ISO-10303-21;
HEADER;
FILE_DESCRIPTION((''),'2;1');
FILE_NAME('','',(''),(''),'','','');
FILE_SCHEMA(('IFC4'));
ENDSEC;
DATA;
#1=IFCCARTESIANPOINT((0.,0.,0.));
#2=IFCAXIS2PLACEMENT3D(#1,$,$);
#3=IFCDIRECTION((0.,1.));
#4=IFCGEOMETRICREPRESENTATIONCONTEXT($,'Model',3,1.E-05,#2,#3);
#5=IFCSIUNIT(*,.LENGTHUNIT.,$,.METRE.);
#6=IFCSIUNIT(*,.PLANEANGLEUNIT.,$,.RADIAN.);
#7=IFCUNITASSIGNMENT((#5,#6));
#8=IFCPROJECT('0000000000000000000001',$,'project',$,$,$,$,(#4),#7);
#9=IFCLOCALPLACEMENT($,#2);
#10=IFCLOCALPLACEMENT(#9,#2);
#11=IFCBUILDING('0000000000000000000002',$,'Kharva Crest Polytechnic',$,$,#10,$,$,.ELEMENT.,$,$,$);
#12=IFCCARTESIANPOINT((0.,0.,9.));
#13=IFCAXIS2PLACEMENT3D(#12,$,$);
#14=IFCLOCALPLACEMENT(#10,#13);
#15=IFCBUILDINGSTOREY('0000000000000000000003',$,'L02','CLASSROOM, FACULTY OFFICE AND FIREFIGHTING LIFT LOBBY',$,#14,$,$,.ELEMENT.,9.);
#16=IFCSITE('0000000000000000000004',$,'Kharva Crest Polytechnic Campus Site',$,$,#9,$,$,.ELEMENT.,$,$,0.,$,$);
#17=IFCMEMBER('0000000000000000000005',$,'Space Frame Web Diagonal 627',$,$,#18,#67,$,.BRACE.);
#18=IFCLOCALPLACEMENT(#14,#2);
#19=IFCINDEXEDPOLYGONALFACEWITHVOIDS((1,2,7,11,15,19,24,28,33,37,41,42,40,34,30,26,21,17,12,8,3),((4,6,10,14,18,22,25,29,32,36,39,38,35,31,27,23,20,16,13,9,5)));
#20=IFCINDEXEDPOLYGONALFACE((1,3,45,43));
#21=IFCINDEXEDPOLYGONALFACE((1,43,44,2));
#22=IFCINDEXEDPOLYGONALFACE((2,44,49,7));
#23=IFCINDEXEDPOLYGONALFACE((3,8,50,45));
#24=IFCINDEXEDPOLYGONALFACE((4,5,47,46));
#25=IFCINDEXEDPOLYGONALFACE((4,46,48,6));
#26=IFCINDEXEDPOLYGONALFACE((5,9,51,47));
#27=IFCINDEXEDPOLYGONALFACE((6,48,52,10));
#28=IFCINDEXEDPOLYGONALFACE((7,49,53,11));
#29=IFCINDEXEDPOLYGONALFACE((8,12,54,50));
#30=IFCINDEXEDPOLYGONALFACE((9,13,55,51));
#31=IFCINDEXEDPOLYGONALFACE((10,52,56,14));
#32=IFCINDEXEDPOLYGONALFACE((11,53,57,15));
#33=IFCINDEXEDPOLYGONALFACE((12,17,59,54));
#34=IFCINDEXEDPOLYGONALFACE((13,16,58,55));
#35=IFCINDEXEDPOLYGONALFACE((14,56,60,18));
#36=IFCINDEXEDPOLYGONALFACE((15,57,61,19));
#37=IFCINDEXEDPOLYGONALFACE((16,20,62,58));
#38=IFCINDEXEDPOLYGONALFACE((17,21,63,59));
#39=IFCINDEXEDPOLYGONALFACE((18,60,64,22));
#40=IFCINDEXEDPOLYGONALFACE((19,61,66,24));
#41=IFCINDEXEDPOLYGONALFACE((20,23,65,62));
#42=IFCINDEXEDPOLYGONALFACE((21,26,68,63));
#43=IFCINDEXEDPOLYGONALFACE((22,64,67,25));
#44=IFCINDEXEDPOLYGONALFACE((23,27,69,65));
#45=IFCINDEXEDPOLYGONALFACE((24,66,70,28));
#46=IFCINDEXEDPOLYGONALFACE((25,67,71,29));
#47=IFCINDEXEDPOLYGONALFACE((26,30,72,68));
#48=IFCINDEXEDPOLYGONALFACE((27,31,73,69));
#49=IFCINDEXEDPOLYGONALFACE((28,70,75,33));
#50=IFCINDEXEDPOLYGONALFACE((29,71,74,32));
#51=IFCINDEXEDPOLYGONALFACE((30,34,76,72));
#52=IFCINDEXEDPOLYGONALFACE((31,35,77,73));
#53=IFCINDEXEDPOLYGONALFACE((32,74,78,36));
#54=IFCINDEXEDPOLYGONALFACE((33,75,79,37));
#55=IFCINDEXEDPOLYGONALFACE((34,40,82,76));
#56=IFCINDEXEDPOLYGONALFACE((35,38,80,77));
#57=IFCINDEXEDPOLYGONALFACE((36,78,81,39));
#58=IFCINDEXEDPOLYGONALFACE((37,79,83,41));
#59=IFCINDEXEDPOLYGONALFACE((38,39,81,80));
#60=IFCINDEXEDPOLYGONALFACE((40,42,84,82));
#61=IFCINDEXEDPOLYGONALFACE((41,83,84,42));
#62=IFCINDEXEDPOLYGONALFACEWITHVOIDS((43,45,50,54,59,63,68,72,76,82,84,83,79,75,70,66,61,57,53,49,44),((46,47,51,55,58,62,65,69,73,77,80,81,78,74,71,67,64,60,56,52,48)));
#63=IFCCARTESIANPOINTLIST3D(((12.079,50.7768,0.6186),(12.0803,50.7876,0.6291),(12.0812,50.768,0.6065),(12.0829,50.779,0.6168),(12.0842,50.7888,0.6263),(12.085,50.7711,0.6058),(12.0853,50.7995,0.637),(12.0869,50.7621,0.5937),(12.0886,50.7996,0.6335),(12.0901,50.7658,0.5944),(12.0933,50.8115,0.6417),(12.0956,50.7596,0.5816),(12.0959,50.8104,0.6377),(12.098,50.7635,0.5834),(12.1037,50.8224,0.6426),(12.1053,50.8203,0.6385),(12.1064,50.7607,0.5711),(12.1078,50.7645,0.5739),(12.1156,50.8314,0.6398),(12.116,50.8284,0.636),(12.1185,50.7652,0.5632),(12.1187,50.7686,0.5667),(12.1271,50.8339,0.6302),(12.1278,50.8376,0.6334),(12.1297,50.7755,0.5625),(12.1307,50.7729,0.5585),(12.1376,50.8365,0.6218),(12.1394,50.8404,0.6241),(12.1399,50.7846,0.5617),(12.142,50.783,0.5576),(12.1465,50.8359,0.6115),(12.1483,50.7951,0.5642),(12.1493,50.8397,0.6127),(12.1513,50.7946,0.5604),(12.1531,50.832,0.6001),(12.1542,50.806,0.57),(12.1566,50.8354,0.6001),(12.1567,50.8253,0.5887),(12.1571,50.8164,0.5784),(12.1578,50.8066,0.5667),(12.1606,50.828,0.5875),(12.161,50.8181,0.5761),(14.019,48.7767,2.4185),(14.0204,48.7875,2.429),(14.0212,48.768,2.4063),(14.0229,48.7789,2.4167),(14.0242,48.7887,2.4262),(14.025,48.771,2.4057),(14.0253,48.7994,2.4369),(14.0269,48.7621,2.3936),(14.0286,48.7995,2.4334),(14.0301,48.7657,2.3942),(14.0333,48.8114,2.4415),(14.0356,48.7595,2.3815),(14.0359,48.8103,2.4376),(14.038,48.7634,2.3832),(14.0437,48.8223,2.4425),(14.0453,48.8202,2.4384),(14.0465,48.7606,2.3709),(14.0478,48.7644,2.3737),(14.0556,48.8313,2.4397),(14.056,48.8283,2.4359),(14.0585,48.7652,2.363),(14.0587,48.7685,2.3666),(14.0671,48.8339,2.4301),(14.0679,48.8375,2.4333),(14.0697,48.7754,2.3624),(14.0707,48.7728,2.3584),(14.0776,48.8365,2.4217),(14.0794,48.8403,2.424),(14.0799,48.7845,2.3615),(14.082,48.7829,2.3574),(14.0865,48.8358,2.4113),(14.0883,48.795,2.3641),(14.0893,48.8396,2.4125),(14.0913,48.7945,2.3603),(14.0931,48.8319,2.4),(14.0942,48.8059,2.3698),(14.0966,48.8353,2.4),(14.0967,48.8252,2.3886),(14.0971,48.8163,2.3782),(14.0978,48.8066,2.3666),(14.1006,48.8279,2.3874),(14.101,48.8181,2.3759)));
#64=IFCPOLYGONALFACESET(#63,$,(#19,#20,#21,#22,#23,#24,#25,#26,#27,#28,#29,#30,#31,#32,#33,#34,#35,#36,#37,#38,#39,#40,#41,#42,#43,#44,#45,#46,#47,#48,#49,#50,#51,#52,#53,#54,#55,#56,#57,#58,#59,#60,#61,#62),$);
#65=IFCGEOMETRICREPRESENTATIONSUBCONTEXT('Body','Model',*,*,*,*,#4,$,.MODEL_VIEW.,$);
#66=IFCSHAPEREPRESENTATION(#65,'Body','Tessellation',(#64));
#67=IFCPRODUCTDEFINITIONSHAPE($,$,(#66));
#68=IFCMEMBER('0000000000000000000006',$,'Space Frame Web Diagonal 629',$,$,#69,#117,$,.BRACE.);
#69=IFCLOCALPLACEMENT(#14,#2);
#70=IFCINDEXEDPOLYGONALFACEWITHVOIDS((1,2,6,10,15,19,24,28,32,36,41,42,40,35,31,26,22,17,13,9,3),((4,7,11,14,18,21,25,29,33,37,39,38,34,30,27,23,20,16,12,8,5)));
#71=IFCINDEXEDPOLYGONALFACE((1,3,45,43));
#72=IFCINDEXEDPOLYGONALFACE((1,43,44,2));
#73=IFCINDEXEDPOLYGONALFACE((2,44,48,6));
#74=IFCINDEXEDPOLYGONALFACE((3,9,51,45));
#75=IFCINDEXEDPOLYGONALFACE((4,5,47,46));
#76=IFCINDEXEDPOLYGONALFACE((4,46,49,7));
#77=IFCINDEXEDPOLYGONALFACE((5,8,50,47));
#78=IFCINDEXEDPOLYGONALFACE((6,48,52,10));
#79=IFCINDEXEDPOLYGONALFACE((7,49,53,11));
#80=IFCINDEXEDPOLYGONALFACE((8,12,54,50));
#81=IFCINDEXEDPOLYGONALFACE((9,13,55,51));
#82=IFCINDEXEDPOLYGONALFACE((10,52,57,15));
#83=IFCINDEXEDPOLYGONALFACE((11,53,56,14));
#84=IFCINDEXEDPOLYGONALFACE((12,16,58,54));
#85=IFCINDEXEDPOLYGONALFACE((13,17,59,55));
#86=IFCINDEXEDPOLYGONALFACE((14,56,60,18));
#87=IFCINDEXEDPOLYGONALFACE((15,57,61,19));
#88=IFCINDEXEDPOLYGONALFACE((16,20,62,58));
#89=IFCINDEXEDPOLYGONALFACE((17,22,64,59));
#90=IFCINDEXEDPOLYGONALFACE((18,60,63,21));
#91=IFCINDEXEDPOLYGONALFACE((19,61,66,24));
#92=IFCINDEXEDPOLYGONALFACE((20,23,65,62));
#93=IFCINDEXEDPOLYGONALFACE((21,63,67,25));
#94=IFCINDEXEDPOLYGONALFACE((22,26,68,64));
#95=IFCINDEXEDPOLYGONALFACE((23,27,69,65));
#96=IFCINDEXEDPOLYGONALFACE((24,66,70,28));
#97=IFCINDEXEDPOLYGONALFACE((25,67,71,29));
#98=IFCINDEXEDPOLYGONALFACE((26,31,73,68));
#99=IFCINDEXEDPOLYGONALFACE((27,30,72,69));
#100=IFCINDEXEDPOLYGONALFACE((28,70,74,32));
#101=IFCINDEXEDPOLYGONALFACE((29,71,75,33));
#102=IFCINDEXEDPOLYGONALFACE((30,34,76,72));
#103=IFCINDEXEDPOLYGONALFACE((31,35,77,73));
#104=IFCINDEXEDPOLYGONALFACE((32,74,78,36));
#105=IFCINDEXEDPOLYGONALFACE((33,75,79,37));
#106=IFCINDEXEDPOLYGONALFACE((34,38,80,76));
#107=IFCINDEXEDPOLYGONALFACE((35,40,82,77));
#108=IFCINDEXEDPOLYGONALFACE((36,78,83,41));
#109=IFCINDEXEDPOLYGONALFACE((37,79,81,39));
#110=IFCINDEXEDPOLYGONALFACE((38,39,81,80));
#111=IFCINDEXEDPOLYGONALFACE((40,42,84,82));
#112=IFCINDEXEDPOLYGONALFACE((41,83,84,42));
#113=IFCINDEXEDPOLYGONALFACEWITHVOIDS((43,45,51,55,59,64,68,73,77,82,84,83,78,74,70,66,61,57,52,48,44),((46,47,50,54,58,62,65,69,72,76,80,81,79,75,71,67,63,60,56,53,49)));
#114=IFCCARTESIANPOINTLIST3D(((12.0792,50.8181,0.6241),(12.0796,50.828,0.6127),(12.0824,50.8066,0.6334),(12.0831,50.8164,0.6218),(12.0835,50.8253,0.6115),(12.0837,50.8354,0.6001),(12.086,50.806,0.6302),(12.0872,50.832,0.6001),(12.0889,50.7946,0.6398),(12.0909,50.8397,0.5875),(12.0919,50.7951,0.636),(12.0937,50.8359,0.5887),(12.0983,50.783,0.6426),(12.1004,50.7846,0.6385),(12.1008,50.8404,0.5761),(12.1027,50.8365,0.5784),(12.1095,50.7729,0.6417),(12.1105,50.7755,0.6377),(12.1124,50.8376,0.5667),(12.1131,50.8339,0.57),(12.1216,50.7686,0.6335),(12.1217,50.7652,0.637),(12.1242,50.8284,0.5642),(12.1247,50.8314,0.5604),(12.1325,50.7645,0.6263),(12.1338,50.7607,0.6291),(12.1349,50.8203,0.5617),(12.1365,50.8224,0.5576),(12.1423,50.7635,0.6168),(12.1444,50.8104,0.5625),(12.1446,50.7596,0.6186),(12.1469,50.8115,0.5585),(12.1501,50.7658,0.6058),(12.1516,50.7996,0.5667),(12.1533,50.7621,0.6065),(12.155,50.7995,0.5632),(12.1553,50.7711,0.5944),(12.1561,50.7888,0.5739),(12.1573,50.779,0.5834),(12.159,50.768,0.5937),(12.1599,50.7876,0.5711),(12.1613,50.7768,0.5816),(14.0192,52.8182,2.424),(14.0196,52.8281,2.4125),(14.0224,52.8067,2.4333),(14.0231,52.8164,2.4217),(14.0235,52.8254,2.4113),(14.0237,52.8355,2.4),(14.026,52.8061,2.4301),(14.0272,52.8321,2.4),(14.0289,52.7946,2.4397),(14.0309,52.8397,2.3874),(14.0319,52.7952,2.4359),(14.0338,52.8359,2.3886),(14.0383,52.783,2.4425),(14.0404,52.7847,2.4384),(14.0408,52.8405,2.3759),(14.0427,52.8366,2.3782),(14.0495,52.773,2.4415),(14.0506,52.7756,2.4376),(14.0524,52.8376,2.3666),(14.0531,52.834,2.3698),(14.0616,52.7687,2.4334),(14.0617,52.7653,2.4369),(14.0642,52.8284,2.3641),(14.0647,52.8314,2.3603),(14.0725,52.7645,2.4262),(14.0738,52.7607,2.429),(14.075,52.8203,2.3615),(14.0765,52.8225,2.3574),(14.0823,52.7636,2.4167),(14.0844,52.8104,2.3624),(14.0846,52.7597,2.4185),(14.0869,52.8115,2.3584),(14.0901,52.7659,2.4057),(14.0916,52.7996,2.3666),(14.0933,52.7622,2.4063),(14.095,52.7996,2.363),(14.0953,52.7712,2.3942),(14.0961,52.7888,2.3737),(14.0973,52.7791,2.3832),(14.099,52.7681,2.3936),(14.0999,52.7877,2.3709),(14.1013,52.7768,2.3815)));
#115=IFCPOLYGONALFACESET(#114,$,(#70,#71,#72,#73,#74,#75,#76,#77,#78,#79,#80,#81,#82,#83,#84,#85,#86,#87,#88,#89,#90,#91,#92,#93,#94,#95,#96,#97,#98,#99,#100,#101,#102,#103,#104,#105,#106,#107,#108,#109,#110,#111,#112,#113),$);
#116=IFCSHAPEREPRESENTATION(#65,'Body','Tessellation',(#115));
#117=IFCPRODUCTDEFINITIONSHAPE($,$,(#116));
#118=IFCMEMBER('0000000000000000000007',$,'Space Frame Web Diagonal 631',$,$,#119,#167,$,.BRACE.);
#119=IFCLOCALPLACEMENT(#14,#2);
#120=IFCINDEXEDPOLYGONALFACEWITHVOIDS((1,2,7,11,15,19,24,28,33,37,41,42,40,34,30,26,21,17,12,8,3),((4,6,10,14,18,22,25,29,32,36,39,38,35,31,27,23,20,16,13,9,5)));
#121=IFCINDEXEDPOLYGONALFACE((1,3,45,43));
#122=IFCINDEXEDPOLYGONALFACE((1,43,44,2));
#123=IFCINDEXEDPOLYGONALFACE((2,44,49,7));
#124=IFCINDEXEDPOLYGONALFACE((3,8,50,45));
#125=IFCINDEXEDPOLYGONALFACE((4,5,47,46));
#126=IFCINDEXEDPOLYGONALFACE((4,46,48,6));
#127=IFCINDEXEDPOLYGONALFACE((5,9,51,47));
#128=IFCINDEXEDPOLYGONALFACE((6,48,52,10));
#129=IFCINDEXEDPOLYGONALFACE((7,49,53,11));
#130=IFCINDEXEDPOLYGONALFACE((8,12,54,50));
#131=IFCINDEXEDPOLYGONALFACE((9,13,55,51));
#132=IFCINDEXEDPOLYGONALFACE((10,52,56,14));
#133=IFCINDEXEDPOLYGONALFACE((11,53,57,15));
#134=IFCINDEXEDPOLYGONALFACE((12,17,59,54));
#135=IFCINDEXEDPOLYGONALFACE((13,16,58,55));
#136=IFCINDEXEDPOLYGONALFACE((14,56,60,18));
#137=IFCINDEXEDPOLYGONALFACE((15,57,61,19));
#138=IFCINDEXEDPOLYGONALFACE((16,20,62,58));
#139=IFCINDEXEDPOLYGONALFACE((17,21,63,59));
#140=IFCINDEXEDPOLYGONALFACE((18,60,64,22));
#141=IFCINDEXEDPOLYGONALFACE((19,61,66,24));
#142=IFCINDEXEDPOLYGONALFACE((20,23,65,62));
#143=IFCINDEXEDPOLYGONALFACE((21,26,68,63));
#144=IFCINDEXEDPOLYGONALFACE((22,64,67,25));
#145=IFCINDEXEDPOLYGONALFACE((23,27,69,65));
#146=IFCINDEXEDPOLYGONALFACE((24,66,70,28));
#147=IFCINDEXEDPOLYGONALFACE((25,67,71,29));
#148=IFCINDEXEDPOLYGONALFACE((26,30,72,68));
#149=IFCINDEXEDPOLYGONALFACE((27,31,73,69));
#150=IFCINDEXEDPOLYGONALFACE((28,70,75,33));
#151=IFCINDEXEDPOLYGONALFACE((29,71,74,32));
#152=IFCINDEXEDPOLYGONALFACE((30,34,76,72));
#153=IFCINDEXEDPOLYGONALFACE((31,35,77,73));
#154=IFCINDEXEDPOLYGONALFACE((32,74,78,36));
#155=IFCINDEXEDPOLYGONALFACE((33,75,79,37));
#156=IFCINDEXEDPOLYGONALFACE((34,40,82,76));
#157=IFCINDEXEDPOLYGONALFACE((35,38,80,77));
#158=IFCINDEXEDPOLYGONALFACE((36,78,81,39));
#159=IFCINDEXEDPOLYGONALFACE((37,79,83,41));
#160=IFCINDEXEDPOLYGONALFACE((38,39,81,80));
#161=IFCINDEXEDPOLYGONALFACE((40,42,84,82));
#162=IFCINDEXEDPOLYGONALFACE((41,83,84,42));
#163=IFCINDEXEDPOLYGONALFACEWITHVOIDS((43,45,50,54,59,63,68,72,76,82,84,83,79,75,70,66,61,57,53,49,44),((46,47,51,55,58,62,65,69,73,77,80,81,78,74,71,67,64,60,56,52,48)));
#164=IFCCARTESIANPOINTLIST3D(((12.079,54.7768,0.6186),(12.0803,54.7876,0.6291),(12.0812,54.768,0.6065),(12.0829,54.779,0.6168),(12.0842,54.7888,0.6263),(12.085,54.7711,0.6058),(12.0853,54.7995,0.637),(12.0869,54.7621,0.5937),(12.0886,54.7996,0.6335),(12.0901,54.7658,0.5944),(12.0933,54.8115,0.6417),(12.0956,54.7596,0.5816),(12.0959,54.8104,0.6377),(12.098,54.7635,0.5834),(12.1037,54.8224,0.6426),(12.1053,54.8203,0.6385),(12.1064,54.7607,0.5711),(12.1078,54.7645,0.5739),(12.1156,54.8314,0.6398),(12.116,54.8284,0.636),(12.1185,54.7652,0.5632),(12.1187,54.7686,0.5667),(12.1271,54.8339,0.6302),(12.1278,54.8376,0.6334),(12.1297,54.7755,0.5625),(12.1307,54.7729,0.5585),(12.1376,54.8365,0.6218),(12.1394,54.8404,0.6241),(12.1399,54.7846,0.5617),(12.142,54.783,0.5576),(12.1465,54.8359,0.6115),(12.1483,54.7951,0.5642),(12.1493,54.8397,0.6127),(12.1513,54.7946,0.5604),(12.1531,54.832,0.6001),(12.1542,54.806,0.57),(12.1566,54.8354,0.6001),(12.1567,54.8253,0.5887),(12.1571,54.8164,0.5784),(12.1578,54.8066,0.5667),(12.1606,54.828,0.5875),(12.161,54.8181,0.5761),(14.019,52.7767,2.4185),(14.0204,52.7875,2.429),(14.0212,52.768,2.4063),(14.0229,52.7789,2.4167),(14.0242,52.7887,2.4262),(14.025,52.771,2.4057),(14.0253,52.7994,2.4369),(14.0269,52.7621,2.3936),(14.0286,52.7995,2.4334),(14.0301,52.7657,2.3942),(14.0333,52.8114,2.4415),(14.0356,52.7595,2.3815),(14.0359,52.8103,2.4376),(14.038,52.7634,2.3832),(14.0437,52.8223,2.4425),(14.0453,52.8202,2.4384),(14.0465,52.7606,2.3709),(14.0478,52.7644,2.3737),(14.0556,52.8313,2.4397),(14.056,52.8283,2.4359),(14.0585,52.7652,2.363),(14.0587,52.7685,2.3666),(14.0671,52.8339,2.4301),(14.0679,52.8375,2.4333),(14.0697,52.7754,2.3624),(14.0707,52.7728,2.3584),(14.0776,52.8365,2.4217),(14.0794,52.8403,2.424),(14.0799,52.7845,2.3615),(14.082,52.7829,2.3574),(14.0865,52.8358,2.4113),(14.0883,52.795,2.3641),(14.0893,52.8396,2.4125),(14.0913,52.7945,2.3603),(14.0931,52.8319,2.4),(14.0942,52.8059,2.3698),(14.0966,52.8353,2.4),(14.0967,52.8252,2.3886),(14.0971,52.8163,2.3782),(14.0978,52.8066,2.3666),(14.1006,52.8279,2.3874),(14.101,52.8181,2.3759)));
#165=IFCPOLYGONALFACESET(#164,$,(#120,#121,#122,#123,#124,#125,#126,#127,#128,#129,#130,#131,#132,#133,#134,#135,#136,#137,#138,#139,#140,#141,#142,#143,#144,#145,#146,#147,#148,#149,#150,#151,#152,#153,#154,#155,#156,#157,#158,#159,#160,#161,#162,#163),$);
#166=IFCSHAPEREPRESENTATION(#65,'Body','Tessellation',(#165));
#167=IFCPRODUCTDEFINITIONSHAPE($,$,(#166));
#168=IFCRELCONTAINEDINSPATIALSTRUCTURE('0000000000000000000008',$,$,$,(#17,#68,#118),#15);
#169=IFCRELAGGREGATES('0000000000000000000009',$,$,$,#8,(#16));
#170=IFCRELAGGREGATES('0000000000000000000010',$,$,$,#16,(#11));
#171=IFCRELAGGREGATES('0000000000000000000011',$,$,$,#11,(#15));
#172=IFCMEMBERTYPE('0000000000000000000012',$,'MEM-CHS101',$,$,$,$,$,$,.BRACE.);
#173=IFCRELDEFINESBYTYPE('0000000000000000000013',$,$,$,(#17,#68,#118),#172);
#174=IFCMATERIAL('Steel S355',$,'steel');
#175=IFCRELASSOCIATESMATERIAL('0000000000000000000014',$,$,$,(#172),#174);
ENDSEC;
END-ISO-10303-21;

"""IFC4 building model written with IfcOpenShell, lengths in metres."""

from ifc_helpers import new_model, si_unit, direction, frame, origin, origin_2d, place, context, subcontext, project, spatial, hollow_circle, extrude, material, material_profile, profile_set, type_object, element, save


model = new_model("IFC4")

# Units and contexts
model_context = context("Model", 3, precision=1e-05, world=origin(), true_north=direction((0.0, 1.0)))
body_context = subcontext(model_context, "Body", "Model", "MODEL_VIEW")
ifc_project = project(units=[si_unit("LENGTHUNIT", "METRE"), si_unit("PLANEANGLEUNIT", "RADIAN")], contexts=[model_context])

# Site, building, storey
site_placement = place(None, origin())
site = spatial("IfcSite", under=ifc_project, at=site_placement, Name="Kharva Crest Polytechnic Campus Site", CompositionType="ELEMENT", RefElevation=0.0)
building_placement = place(site_placement, origin())
building = spatial("IfcBuilding", under=site, at=building_placement, Name="Kharva Crest Polytechnic", CompositionType="ELEMENT")
storey_placement = place(building_placement, frame((0.0, 0.0, 9.0)))
storey = spatial("IfcBuildingStorey", under=building, at=storey_placement, Name="L02", Description="CLASSROOM, FACULTY OFFICE AND FIREFIGHTING LIFT LOBBY", CompositionType="ELEMENT", Elevation=9.0)

# Shared definitions
ifc_material_1 = material(Name="Steel S355", Category="steel")

# Members
ifc_material_profile_1 = material_profile(ifc_material_1, hollow_circle(Radius=0.0508, WallThickness=0.0049, at=origin_2d()), Name="CHS 101.6X5.0")
ifc_profile_set_1 = profile_set([ifc_material_profile_1], Name="Steel S355")
member_type_1 = type_object("IfcMemberType", Name="MEM-CHS101", PredefinedType="BRACE", material=ifc_profile_set_1)
for number, where, z_axis, x_axis, name in (
    (1, (12.1201, 50.8, 0.6001), (0.584843, -0.60295, 0.542596), (0.717802, 0.696247, 0.0), "Space Frame Web Diagonal 627"),
    (2, (12.1201, 50.8, 0.6001), (0.584843, 0.60295, 0.542596), (-0.717802, 0.696247, 0.0), "Space Frame Web Diagonal 629"),
    (3, (12.1201, 54.8, 0.6001), (0.584843, -0.60295, 0.542596), (0.717802, 0.696247, 0.0), "Space Frame Web Diagonal 631"),
):
    element("IfcMember", number, at=place(storey_placement, frame(where, z_axis=z_axis, x_axis=x_axis)), inside=storey, type_object=member_type_1, Name=name, PredefinedType="BRACE", context=body_context, shape_type="SweptSolid", body=[
        extrude(hollow_circle(Radius=0.0508, WallThickness=0.0049, at=origin_2d()), origin(), (0.0, 0.0, 1.0), 3.3171),
    ])

save(model, "model.ifc")
